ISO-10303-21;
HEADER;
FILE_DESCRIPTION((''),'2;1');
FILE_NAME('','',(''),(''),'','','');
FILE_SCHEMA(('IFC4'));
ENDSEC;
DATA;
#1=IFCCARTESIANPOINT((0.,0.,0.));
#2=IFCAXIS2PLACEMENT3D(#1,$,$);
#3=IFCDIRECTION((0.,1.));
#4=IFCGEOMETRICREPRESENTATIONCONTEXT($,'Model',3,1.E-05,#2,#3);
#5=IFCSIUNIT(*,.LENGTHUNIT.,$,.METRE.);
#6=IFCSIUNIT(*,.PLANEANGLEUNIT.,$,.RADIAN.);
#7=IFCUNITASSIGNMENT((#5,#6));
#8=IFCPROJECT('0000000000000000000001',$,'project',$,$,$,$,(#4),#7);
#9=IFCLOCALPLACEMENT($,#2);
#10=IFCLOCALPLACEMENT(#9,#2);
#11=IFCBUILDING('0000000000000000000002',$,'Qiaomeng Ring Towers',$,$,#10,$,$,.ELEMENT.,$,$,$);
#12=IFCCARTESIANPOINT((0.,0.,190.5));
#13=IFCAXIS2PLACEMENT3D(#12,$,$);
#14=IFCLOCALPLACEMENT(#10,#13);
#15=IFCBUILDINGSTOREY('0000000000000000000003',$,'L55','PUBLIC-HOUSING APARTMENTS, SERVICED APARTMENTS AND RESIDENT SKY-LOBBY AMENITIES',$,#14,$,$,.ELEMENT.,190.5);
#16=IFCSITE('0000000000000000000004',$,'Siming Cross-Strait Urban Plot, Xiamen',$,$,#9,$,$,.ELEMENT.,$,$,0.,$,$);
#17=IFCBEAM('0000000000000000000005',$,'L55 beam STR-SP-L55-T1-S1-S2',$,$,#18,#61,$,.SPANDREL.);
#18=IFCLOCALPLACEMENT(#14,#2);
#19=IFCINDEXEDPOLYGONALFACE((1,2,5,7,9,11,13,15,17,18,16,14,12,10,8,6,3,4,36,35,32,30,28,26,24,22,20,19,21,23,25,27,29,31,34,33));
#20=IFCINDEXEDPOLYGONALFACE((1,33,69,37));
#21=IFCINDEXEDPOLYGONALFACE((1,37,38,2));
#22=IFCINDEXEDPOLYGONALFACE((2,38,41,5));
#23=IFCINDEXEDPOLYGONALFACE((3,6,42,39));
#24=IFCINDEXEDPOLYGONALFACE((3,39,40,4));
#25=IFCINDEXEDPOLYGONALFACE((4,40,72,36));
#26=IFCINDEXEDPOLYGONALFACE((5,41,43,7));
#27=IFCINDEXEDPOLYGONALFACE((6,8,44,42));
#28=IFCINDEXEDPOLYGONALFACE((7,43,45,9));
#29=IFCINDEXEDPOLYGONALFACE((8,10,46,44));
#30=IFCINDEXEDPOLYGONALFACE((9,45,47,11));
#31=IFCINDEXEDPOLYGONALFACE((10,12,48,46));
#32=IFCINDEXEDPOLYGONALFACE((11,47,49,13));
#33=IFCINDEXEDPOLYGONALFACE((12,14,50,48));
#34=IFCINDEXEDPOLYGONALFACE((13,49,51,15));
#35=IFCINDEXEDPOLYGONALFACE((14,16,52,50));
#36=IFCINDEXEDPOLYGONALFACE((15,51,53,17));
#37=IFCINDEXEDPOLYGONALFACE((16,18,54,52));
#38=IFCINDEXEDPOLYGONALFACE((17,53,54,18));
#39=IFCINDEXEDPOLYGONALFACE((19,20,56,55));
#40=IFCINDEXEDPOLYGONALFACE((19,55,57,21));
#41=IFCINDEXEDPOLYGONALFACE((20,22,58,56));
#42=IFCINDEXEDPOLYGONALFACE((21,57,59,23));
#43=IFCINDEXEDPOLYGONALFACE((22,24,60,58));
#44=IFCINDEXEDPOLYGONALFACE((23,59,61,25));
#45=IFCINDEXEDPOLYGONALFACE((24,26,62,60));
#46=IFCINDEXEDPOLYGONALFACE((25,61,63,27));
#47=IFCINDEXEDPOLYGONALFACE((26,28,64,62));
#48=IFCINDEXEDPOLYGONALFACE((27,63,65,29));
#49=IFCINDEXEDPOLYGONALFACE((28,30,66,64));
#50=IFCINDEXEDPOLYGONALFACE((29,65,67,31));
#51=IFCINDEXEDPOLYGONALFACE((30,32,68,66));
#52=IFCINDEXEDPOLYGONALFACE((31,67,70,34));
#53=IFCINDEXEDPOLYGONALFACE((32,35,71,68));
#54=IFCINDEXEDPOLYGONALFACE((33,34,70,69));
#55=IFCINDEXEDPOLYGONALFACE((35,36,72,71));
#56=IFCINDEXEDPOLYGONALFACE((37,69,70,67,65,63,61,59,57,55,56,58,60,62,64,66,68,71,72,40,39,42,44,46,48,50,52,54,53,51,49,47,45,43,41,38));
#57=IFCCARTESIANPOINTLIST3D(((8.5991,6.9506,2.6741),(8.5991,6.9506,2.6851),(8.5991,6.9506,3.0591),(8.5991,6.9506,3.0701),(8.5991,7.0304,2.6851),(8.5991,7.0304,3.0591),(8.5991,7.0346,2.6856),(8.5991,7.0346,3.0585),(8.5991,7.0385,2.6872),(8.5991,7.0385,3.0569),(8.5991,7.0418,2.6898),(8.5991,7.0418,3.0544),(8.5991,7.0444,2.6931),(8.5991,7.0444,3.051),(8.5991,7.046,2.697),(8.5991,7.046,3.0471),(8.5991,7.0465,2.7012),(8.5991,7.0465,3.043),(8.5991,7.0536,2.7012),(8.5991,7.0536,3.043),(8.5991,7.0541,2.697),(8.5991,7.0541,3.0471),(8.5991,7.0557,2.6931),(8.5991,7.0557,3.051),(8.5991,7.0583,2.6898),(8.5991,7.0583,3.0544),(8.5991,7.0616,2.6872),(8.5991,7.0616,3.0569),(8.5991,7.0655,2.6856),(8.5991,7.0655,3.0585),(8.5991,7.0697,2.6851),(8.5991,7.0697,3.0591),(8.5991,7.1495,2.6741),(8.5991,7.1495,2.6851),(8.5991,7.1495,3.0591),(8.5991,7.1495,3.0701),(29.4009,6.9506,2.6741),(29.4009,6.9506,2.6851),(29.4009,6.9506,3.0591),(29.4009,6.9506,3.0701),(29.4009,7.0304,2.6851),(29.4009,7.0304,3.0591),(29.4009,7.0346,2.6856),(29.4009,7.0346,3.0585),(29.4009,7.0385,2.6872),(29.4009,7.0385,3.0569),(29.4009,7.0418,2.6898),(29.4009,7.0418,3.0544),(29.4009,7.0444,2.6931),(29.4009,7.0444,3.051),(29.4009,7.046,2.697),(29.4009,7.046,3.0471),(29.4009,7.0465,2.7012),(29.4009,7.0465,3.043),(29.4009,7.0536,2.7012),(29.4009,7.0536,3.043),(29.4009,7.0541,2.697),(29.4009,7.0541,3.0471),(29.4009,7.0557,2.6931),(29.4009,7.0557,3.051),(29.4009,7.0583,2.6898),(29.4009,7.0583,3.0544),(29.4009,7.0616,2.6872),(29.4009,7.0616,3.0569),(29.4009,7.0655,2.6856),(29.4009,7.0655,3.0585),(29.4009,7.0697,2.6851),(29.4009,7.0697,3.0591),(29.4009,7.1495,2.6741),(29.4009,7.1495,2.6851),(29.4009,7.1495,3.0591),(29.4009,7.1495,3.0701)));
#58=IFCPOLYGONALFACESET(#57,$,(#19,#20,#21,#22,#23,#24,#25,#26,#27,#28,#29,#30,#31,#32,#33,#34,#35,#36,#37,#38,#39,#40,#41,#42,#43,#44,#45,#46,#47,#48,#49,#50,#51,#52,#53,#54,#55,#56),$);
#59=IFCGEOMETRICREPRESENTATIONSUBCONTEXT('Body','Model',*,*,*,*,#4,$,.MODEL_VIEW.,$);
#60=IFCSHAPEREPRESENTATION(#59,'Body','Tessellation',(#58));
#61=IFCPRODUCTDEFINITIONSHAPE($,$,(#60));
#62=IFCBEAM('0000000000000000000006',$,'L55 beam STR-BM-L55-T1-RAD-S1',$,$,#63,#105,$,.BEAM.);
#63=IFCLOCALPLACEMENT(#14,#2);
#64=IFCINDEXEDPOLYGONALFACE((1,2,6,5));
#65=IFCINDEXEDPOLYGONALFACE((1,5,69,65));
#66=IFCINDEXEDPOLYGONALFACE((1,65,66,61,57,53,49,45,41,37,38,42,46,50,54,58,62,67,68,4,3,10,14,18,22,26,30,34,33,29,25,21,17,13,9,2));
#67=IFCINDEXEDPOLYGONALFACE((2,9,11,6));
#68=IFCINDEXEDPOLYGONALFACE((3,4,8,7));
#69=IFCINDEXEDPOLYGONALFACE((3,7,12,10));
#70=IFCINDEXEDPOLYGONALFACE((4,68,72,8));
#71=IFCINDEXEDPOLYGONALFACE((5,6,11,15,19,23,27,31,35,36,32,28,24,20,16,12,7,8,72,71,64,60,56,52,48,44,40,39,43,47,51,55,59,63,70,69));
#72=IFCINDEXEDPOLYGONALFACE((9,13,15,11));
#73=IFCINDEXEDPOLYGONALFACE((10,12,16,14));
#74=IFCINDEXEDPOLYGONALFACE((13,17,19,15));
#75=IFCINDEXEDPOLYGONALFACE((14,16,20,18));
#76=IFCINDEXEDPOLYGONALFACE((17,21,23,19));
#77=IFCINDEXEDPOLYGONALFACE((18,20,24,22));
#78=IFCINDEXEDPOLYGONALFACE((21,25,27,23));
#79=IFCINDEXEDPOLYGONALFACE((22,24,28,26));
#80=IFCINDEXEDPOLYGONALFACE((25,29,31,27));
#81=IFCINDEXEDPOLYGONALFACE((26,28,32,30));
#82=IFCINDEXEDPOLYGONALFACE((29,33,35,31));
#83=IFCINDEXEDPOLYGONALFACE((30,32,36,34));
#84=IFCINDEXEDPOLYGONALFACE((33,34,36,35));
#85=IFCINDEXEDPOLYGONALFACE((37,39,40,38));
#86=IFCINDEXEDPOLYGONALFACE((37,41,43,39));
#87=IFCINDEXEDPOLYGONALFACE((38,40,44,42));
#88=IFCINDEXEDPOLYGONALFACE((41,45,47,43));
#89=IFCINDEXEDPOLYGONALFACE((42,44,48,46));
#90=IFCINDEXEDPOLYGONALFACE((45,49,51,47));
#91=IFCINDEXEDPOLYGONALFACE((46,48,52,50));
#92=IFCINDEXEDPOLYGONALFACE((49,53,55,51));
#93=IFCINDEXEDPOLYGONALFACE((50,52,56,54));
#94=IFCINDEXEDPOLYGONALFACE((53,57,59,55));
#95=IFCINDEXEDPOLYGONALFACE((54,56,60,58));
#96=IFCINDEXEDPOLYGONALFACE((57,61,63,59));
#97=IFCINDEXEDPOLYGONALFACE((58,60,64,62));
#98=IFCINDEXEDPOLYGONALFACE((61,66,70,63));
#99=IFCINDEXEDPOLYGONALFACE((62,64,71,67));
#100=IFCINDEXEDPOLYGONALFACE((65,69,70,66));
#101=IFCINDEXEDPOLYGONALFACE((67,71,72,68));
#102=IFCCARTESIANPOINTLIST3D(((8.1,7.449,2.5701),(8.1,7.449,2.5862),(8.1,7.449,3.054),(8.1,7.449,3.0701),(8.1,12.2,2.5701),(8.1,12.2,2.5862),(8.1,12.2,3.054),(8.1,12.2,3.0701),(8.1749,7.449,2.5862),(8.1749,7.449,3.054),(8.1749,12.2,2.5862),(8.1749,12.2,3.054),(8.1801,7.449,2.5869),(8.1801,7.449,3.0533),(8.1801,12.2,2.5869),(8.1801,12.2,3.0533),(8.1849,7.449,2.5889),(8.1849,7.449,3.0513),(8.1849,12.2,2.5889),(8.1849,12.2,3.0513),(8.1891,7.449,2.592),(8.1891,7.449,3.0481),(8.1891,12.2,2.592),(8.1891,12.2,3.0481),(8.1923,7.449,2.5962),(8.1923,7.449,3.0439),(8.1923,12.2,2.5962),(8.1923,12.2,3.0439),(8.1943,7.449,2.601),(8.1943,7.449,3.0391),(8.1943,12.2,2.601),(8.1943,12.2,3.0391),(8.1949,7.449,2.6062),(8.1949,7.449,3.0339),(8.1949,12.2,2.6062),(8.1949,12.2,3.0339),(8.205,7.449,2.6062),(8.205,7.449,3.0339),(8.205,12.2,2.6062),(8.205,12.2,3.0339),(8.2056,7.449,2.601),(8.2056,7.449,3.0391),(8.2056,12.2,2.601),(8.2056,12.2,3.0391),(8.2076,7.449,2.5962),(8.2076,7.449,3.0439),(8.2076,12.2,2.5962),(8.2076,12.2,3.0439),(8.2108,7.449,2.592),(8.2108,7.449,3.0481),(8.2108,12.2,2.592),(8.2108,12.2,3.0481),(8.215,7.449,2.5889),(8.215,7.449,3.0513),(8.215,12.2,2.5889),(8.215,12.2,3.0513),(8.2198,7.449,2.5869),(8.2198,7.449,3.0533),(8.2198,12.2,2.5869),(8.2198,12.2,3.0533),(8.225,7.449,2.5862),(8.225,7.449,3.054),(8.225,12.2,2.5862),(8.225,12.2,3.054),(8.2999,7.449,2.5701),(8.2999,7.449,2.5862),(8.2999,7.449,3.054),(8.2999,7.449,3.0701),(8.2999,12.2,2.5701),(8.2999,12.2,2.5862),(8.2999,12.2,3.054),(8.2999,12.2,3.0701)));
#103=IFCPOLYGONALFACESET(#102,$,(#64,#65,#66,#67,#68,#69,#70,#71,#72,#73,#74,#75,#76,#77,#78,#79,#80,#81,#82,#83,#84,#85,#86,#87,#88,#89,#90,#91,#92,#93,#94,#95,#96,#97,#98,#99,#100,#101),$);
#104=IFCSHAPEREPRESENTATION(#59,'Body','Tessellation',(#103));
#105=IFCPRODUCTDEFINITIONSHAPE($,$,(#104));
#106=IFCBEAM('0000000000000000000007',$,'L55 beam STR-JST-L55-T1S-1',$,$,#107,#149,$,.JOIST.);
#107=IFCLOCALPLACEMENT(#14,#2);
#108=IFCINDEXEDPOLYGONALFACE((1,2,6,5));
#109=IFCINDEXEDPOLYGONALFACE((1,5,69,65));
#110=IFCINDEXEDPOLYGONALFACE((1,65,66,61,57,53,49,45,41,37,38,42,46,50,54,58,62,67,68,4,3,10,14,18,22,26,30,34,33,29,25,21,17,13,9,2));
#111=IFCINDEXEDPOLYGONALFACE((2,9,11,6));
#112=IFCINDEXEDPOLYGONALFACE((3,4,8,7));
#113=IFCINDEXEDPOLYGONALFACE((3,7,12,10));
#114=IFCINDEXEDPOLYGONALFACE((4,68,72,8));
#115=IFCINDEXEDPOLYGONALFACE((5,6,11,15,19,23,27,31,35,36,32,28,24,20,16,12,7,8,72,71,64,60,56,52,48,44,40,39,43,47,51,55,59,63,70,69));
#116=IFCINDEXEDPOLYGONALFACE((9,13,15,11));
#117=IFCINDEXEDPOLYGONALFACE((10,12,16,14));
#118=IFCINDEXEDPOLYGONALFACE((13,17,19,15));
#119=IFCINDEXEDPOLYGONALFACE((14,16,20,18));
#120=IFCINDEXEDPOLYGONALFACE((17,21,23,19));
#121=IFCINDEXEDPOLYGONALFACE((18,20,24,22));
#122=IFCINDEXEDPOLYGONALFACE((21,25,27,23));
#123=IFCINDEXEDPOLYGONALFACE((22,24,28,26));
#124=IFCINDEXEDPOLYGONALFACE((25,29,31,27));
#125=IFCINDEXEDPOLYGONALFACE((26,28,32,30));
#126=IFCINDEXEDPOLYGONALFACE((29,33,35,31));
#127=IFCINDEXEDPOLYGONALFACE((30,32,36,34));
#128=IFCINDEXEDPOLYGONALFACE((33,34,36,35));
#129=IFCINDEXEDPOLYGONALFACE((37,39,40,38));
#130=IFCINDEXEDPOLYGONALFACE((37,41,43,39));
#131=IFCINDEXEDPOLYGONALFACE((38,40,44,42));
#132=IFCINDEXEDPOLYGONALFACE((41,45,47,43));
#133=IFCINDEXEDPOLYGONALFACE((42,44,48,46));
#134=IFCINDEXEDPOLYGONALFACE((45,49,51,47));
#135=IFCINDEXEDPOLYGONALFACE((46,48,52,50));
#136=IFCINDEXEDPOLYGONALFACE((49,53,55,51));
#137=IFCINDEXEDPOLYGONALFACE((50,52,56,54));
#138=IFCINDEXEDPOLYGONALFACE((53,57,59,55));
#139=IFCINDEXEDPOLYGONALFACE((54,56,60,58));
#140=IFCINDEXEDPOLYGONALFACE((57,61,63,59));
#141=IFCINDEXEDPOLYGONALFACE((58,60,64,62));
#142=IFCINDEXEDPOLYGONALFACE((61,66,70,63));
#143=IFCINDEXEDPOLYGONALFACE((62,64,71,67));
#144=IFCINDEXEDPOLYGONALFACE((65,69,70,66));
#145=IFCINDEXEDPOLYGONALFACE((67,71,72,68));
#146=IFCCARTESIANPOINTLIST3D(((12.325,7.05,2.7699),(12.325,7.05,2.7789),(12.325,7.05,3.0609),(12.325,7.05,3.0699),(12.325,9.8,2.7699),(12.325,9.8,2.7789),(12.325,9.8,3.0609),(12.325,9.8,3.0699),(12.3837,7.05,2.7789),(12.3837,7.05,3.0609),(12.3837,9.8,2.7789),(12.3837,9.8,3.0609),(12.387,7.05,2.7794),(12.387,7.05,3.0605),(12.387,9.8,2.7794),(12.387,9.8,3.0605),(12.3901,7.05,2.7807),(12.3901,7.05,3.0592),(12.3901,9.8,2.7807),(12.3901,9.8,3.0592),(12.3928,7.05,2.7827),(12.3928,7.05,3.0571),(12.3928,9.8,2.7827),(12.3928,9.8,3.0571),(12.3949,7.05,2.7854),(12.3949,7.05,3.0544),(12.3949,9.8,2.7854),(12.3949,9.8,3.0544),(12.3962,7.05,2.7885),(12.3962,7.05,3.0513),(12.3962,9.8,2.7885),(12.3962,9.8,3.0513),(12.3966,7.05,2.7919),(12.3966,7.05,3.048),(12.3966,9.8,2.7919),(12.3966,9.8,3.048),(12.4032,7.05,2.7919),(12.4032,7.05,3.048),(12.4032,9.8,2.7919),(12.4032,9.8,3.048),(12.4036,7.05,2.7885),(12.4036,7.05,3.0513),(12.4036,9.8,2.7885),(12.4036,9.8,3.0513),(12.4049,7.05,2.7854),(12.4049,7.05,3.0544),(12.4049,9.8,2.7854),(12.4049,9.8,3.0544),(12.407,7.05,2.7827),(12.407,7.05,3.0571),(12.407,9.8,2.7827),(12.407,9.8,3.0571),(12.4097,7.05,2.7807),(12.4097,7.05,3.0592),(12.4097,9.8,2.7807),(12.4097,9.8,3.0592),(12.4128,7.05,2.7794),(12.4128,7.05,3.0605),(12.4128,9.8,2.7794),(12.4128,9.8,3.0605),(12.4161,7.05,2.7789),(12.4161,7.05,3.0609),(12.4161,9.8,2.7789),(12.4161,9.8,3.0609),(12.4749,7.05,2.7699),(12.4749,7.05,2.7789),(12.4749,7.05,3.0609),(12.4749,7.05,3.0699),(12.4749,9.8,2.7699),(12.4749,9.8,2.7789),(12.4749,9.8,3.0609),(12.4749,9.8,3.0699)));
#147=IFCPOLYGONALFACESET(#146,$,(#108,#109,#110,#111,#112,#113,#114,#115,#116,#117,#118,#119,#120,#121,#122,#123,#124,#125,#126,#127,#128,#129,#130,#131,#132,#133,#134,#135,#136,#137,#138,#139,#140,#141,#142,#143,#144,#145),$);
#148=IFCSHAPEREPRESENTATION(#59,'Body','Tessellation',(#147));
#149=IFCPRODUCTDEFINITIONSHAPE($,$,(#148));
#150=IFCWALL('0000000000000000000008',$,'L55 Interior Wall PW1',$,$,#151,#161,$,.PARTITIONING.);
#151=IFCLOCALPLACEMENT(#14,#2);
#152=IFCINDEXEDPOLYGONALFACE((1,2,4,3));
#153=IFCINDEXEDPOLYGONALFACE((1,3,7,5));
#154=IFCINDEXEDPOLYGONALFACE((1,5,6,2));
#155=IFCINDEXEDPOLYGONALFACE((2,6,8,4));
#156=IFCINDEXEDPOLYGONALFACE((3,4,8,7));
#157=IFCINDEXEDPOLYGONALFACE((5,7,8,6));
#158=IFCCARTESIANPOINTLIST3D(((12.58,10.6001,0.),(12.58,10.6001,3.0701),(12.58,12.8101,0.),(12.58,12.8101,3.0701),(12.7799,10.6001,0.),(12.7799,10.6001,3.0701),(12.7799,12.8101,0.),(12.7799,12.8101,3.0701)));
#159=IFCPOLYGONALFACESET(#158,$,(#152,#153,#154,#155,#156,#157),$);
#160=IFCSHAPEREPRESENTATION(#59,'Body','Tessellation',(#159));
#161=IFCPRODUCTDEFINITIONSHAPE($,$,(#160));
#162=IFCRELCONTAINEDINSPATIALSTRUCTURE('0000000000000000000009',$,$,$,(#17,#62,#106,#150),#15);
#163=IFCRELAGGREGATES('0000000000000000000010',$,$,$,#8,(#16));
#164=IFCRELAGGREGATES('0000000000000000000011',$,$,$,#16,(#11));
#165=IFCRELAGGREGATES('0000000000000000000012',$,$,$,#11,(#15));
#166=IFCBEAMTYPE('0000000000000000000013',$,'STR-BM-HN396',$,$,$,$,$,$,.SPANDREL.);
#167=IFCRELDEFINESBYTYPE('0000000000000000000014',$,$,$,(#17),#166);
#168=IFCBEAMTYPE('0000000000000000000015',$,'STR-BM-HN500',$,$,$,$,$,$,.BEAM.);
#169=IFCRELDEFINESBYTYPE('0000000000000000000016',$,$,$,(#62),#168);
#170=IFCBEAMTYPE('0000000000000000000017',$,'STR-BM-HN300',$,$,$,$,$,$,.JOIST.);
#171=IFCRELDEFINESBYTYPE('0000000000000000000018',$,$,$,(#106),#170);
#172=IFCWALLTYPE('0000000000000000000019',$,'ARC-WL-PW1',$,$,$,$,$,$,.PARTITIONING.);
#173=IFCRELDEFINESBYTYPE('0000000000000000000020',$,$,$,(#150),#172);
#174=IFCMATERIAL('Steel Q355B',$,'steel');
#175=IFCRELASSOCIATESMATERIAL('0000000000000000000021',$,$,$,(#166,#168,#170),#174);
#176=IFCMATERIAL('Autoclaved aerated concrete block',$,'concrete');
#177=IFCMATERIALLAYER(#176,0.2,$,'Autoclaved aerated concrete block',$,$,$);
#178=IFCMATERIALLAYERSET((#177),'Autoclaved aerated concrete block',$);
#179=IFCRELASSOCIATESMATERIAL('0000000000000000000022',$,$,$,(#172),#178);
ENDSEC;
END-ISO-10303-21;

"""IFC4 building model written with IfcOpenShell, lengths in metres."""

from ifc_helpers import new_model, si_unit, direction, frame, frame_2d, origin, origin_2d, place, context, subcontext, project, spatial, rectangle, i_section, extrude, source, transform, mapped, material, layer, layer_set, material_profile, profile_set, type_object, element, save


model = new_model("IFC4")

# Units and contexts
model_context = context("Model", 3, precision=1e-05, world=origin(), true_north=direction((0.0, 1.0)))
body_context = subcontext(model_context, "Body", "Model", "MODEL_VIEW")
ifc_project = project(units=[si_unit("LENGTHUNIT", "METRE"), si_unit("PLANEANGLEUNIT", "RADIAN")], contexts=[model_context])

# Site, building, storey
site_placement = place(None, origin())
site = spatial("IfcSite", under=ifc_project, at=site_placement, Name="Siming Cross-Strait Urban Plot, Xiamen", CompositionType="ELEMENT", RefElevation=0.0)
building_placement = place(site_placement, origin())
building = spatial("IfcBuilding", under=site, at=building_placement, Name="Qiaomeng Ring Towers", CompositionType="ELEMENT")
storey_placement = place(building_placement, frame((0.0, 0.0, 190.5)))
storey = spatial("IfcBuildingStorey", under=building, at=storey_placement, Name="L55", Description="PUBLIC-HOUSING APARTMENTS, SERVICED APARTMENTS AND RESIDENT SKY-LOBBY AMENITIES", CompositionType="ELEMENT", Elevation=190.5)

# Beams
ifc_material_1 = material(Name="Steel Q355B", Category="steel")
ifc_material_profile_1 = material_profile(ifc_material_1, i_section(OverallWidth=0.199, OverallDepth=0.396, WebThickness=0.0071, FlangeThickness=0.011, FilletRadius=0.0161, at=origin_2d()), Name="HN 396x199x7x11")
ifc_profile_set_1 = profile_set([ifc_material_profile_1], Name="Steel Q355B")
beam_type_1 = type_object("IfcBeamType", Name="STR-BM-HN396", PredefinedType="SPANDREL", material=ifc_profile_set_1)
shared_shape_1 = source(origin(), body_context, "Body", "SweptSolid", [
    extrude(i_section(OverallWidth=0.199, OverallDepth=0.396, WebThickness=0.0071, FlangeThickness=0.011, FilletRadius=0.0161, at=origin_2d()), origin(), (0.0, 0.0, 1.0), 20.8018),
])
beam_1_placement = place(storey_placement, frame((8.5991, 7.05, 2.8721), z_axis=(1.0, 0.0, 0.0), x_axis=(0.0, 1.0, 0.0)))
element("IfcBeam", 1, at=beam_1_placement, inside=storey, type_object=beam_type_1, Name="L55 beam STR-SP-L55-T1-S1-S2", PredefinedType="SPANDREL", context=body_context, shape_type="MappedRepresentation", body=[
    mapped(shared_shape_1, transform((0.0, 0.0, 0.0), x_axis=(1.0, 0.0, 0.0), y_axis=(0.0, 1.0, 0.0), z_axis=(0.0, 0.0, 1.0), scale=1.0)),
])
ifc_material_profile_2 = material_profile(ifc_material_1, i_section(OverallWidth=0.2, OverallDepth=0.5, WebThickness=0.01, FlangeThickness=0.0161, FilletRadius=0.02, at=origin_2d()), Name="HN 500x200x10x16")
ifc_profile_set_2 = profile_set([ifc_material_profile_2], Name="Steel Q355B")
beam_type_2 = type_object("IfcBeamType", Name="STR-BM-HN500", PredefinedType="BEAM", material=ifc_profile_set_2)
shared_shape_2 = source(origin(), body_context, "Body", "SweptSolid", [
    extrude(i_section(OverallWidth=0.2, OverallDepth=0.5, WebThickness=0.01, FlangeThickness=0.0161, FilletRadius=0.02, at=origin_2d()), origin(), (0.0, 0.0, 1.0), 4.751),
])
beam_2_placement = place(storey_placement, frame((8.2, 7.449, 2.8201), z_axis=(0.0, 1.0, 0.0), x_axis=(-1.0, 0.0, 0.0)))
element("IfcBeam", 2, at=beam_2_placement, inside=storey, type_object=beam_type_2, Name="L55 beam STR-BM-L55-T1-RAD-S1", PredefinedType="BEAM", context=body_context, shape_type="MappedRepresentation", body=[
    mapped(shared_shape_2, transform((0.0, 0.0, 0.0), x_axis=(1.0, 0.0, 0.0), y_axis=(0.0, 1.0, 0.0), z_axis=(0.0, 0.0, 1.0), scale=1.0)),
])
ifc_material_profile_3 = material_profile(ifc_material_1, i_section(OverallWidth=0.1499, OverallDepth=0.3, WebThickness=0.0066, FlangeThickness=0.009, FilletRadius=0.0129, at=origin_2d()), Name="HN 300x150x6.5x9")
ifc_profile_set_3 = profile_set([ifc_material_profile_3], Name="Steel Q355B")
beam_type_3 = type_object("IfcBeamType", Name="STR-BM-HN300", PredefinedType="JOIST", material=ifc_profile_set_3)
shared_shape_3 = source(origin(), body_context, "Body", "SweptSolid", [
    extrude(i_section(OverallWidth=0.1499, OverallDepth=0.3, WebThickness=0.0066, FlangeThickness=0.009, FilletRadius=0.0129, at=origin_2d()), origin(), (0.0, 0.0, 1.0), 2.75),
])
beam_3_placement = place(storey_placement, frame((12.3999, 7.05, 2.9199), z_axis=(0.0, 1.0, 0.0), x_axis=(-1.0, 0.0, 0.0)))
element("IfcBeam", 3, at=beam_3_placement, inside=storey, type_object=beam_type_3, Name="L55 beam STR-JST-L55-T1S-1", PredefinedType="JOIST", context=body_context, shape_type="MappedRepresentation", body=[
    mapped(shared_shape_3, transform((0.0, 0.0, 0.0), x_axis=(1.0, 0.0, 0.0), y_axis=(0.0, 1.0, 0.0), z_axis=(0.0, 0.0, 1.0), scale=1.0)),
])

# Wall
ifc_material_2 = material(Name="Autoclaved aerated concrete block", Category="concrete")
ifc_layer_1 = layer(ifc_material_2, 0.2, Name="Autoclaved aerated concrete block")
ifc_layer_set_1 = layer_set([ifc_layer_1], Name="Autoclaved aerated concrete block")
wall_type_1 = type_object("IfcWallType", Name="ARC-WL-PW1", PredefinedType="PARTITIONING", material=ifc_layer_set_1)
wall_1_placement = place(storey_placement, frame((12.6799, 10.6001, 0.0), z_axis=(0.0, 0.0, 1.0), x_axis=(0.0, 1.0, 0.0)))
element("IfcWall", 4, at=wall_1_placement, inside=storey, type_object=wall_type_1, Name="L55 Interior Wall PW1", PredefinedType="PARTITIONING", context=body_context, shape_type="SweptSolid", body=[
    extrude(rectangle(XDim=2.21, YDim=0.2, at=frame_2d((1.105, 0.0))), origin(), (0.0, 0.0, 1.0), 3.0701),
])

save(model, "model.ifc")
